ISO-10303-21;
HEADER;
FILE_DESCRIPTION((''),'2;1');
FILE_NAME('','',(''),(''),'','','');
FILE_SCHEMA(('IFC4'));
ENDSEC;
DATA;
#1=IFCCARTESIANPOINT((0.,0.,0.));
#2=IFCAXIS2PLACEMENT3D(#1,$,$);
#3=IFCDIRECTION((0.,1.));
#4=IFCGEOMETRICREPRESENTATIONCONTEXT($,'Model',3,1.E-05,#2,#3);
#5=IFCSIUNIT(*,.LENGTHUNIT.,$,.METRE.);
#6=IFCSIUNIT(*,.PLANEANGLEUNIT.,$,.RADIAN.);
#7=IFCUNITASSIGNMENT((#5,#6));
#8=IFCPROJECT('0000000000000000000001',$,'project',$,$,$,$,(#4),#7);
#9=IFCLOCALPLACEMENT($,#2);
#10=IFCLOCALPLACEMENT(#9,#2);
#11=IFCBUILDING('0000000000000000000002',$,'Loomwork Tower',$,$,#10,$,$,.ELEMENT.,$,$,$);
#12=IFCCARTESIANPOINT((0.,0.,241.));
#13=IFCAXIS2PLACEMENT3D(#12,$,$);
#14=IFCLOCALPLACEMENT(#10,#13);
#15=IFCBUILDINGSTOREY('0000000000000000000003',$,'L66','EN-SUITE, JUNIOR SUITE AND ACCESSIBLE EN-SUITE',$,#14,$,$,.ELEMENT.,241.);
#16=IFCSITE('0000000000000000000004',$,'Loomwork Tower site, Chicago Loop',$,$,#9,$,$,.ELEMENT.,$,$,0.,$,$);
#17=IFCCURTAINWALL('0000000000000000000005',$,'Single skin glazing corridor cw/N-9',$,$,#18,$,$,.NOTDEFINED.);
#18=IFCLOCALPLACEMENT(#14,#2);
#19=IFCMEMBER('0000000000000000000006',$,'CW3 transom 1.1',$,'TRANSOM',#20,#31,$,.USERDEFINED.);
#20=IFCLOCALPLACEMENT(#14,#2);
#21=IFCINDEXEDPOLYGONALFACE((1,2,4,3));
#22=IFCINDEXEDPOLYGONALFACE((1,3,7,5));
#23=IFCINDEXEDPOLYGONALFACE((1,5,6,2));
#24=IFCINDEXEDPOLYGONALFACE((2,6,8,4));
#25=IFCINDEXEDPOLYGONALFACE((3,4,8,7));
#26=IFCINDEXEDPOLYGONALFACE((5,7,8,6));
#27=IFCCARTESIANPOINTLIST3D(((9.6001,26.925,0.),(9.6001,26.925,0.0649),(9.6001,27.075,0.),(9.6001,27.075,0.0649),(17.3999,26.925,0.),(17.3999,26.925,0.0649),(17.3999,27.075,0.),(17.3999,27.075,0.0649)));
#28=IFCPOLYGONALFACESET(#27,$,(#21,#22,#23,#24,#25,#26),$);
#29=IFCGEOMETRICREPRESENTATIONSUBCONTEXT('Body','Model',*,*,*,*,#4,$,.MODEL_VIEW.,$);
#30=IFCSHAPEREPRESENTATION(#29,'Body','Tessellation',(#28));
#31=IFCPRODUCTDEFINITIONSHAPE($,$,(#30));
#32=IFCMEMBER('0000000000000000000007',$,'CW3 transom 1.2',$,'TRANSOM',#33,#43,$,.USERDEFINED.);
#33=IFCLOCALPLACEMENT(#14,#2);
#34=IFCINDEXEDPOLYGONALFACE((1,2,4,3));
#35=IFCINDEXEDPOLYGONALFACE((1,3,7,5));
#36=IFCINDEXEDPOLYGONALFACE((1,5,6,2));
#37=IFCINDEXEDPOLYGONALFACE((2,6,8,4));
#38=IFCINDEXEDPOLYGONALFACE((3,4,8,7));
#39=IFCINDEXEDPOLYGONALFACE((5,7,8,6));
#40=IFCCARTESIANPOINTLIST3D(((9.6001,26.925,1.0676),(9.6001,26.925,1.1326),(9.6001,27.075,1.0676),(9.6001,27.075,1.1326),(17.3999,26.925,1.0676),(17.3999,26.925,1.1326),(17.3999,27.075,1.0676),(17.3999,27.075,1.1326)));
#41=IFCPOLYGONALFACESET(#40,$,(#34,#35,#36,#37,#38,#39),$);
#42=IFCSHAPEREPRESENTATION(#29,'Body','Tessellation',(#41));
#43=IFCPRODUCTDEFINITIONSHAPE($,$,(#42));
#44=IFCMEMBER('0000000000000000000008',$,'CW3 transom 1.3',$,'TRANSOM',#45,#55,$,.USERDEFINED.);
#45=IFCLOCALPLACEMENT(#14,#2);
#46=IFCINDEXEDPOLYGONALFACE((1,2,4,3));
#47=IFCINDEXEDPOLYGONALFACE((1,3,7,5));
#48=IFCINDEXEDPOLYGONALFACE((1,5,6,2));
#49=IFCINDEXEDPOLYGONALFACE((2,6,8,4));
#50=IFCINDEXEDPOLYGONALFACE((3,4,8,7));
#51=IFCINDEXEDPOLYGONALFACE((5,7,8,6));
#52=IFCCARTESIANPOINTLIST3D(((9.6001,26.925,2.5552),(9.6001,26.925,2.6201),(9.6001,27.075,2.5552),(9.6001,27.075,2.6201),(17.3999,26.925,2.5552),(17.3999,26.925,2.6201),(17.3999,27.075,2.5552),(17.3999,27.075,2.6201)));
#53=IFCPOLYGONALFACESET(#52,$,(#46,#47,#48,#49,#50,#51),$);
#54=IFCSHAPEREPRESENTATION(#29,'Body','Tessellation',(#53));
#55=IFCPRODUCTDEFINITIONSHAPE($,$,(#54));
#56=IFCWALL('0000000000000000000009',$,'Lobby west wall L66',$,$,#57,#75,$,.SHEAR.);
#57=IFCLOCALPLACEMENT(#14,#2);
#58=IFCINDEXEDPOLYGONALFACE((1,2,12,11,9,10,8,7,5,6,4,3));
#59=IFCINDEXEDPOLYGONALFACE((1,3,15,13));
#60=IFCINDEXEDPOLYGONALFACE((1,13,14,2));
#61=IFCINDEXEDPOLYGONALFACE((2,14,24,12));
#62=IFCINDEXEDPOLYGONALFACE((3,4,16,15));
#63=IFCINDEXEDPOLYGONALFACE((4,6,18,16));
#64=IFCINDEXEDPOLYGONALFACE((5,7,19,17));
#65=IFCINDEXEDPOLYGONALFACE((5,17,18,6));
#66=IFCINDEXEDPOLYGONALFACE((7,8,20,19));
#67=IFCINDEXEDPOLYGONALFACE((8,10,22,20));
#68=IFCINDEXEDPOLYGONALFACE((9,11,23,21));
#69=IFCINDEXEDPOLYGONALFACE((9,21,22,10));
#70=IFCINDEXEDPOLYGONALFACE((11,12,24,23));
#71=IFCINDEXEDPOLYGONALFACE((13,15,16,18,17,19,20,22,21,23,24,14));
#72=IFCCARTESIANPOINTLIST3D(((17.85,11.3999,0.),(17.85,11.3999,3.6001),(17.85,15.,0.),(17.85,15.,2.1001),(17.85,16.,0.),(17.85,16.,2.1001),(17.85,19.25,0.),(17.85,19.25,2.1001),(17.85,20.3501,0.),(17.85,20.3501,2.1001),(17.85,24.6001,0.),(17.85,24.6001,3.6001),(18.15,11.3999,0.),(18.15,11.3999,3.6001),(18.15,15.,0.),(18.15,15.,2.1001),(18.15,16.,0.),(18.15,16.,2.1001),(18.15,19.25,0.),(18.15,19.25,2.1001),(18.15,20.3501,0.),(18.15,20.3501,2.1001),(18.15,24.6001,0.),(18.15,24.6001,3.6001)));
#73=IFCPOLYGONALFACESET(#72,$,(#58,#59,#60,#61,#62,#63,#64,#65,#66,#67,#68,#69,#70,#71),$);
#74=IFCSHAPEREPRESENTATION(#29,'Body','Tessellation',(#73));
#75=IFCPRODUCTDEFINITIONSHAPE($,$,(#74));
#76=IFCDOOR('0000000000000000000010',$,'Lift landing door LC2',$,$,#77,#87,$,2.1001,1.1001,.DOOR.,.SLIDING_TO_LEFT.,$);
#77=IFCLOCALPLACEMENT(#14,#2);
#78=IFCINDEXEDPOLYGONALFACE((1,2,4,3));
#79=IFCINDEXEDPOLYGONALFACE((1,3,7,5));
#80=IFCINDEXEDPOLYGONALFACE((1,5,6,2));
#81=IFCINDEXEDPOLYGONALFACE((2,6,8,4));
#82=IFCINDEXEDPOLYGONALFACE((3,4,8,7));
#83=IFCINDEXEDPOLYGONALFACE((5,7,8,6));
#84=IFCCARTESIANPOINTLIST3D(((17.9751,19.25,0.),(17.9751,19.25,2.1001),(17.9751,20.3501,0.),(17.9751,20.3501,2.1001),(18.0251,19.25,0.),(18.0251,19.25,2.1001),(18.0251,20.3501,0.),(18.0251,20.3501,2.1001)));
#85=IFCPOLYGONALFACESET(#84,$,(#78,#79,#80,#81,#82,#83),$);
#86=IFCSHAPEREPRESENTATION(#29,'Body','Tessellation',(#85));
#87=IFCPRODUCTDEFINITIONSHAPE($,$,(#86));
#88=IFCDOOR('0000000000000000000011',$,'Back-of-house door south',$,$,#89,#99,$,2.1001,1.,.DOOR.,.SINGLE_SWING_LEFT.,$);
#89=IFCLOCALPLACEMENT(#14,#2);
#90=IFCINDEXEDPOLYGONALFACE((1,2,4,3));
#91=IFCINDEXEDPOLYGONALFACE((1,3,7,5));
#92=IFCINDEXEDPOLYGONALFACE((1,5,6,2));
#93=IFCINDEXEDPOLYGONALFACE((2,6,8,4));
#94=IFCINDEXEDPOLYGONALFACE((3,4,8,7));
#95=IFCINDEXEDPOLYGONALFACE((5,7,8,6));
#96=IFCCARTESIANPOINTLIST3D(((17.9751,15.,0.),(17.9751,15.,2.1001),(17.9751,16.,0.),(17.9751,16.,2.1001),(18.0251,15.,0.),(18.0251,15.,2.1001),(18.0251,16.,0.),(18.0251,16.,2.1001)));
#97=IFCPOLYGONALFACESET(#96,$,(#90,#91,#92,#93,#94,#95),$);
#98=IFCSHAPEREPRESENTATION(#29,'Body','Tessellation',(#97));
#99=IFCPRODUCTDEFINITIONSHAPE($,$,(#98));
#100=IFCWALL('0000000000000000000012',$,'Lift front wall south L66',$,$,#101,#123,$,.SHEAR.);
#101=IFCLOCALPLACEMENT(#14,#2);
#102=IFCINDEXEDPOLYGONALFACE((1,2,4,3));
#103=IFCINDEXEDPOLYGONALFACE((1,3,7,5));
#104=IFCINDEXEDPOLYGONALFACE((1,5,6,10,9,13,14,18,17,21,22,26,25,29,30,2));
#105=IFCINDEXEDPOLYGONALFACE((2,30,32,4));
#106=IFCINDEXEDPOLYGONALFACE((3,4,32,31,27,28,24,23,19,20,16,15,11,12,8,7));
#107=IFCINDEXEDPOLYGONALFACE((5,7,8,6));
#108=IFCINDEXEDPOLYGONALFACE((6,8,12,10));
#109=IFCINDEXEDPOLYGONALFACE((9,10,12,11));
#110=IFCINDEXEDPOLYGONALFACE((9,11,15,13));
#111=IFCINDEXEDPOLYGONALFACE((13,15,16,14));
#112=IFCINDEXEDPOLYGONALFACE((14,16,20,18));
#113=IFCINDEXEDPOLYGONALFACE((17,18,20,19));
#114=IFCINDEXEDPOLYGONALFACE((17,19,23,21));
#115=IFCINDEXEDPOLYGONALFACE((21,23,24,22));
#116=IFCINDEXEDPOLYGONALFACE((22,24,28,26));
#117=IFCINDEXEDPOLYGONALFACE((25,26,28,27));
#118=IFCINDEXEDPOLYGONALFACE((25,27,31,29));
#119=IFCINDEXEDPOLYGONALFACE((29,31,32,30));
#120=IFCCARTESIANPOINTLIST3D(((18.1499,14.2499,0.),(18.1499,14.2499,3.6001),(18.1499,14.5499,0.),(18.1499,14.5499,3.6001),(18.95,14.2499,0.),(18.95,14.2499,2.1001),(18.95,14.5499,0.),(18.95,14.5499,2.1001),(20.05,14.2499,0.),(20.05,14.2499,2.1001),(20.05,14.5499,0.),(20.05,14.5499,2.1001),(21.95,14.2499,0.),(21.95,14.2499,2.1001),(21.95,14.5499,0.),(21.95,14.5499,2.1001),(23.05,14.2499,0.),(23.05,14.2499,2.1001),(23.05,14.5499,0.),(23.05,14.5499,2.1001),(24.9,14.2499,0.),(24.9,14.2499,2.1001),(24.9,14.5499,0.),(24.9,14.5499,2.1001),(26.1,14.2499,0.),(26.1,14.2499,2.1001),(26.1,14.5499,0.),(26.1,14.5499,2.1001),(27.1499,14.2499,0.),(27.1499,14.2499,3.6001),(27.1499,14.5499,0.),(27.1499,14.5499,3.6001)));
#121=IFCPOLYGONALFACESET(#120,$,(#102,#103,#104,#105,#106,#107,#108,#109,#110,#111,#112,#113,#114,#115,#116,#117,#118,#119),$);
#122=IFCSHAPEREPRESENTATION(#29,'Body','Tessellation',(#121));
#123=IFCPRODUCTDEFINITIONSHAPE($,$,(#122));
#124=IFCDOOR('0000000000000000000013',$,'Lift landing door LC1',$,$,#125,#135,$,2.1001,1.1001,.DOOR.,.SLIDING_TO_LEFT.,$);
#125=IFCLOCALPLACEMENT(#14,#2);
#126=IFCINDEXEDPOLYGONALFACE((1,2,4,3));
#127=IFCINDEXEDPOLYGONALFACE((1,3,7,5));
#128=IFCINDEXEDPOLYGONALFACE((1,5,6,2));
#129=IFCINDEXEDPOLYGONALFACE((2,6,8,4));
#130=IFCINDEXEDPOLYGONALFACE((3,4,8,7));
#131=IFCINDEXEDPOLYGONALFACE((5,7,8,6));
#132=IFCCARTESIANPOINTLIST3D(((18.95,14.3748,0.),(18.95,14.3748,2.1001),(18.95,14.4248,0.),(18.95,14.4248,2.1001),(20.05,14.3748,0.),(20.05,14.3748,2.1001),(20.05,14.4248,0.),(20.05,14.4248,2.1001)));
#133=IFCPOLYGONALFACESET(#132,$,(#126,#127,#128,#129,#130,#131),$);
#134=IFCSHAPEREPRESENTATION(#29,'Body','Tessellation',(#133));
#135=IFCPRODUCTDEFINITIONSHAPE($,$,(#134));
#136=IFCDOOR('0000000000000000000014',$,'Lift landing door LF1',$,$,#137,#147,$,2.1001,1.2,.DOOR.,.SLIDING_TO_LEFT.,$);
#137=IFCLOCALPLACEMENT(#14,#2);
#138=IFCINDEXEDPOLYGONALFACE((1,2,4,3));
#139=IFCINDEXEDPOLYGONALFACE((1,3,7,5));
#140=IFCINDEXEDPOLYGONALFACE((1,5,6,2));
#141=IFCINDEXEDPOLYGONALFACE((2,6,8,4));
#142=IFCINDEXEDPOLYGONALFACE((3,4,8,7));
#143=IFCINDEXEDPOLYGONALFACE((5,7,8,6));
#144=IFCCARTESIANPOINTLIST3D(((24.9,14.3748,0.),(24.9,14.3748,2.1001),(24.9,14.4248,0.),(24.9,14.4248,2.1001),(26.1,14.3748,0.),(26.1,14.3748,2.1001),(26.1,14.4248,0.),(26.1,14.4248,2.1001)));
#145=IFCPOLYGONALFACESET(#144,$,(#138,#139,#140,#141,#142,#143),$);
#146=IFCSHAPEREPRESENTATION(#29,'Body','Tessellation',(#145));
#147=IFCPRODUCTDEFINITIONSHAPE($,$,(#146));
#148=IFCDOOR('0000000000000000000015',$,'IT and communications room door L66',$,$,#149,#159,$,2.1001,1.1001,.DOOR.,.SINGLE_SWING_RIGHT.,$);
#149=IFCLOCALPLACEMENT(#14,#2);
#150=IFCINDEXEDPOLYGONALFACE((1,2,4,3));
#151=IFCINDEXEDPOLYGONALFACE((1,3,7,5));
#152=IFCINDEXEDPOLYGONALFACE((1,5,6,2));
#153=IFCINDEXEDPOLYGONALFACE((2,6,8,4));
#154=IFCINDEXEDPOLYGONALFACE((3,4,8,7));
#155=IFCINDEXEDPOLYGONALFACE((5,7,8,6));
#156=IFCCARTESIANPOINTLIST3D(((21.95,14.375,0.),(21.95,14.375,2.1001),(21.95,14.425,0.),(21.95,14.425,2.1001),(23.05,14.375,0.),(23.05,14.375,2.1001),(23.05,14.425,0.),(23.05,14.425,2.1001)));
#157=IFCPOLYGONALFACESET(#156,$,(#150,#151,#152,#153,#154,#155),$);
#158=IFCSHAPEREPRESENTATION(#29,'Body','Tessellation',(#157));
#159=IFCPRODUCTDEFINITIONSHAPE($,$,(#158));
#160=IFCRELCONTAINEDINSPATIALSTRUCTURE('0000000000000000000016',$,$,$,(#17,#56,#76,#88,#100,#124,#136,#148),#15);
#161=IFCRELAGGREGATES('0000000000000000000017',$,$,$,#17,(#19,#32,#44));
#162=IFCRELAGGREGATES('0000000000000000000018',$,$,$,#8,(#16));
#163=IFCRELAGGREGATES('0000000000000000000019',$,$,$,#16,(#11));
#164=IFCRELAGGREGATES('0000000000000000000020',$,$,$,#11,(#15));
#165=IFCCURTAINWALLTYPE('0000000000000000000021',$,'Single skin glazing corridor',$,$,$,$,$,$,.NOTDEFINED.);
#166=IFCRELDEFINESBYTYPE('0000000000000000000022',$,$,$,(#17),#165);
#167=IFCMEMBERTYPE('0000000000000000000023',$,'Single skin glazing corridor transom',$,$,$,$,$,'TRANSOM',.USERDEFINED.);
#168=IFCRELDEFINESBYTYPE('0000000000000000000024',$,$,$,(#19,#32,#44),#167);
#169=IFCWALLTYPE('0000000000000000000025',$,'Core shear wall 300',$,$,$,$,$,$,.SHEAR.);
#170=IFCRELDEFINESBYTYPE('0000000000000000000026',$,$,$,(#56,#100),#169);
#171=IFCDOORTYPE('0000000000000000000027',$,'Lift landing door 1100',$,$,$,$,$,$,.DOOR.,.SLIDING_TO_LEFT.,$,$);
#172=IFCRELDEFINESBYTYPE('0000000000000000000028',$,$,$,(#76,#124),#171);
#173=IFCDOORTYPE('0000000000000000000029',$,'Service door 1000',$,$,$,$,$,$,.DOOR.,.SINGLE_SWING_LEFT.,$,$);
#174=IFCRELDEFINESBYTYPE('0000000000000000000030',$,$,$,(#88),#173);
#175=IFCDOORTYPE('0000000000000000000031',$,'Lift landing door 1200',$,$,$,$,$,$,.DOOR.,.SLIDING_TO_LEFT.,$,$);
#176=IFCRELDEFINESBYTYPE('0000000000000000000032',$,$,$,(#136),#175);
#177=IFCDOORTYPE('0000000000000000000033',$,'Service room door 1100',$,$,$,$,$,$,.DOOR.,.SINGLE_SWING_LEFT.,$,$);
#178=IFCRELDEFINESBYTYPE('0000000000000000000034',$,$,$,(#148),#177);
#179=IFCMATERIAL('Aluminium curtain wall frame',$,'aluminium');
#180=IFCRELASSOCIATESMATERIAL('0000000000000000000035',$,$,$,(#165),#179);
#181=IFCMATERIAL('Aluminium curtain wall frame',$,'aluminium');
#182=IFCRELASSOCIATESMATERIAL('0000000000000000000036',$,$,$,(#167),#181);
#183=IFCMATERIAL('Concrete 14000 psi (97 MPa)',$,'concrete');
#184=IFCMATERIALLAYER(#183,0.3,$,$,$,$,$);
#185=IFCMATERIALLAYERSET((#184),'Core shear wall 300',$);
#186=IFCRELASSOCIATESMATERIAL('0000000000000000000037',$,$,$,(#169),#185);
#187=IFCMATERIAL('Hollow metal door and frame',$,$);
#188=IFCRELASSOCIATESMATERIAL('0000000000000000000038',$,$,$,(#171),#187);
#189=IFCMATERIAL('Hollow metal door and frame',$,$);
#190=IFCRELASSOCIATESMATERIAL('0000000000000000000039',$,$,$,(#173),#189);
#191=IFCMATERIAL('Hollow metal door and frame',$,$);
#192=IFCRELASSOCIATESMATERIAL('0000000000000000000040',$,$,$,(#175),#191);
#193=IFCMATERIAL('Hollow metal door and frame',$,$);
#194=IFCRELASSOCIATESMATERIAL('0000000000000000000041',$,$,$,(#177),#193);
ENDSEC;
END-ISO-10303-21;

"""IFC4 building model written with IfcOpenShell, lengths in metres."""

from ifc_helpers import new_model, si_unit, direction, frame, frame_2d, origin, origin_2d, place, context, subcontext, project, spatial, rectangle, extrude, material, layer, layer_set, material_profile, profile_set, type_object, element, fill, aggregate, save


model = new_model("IFC4")

# Units and contexts
model_context = context("Model", 3, precision=1e-05, world=origin(), true_north=direction((0.0, 1.0)))
body_context = subcontext(model_context, "Body", "Model", "MODEL_VIEW")
ifc_project = project(units=[si_unit("LENGTHUNIT", "METRE"), si_unit("PLANEANGLEUNIT", "RADIAN")], contexts=[model_context])

# Site, building, storey
site_placement = place(None, origin())
site = spatial("IfcSite", under=ifc_project, at=site_placement, Name="Loomwork Tower site, Chicago Loop", CompositionType="ELEMENT", RefElevation=0.0)
building_placement = place(site_placement, origin())
building = spatial("IfcBuilding", under=site, at=building_placement, Name="Loomwork Tower", CompositionType="ELEMENT")
storey_placement = place(building_placement, frame((0.0, 0.0, 241.0)))
storey = spatial("IfcBuildingStorey", under=building, at=storey_placement, Name="L66", Description="EN-SUITE, JUNIOR SUITE AND ACCESSIBLE EN-SUITE", CompositionType="ELEMENT", Elevation=241.0)

# Curtain wall, members
ifc_material_1 = material(Name="Aluminium curtain wall frame", Category="aluminium")
curtain_wall_type = type_object("IfcCurtainWallType", Name="Single skin glazing corridor", PredefinedType="NOTDEFINED", material=ifc_material_1)
curtain_wall_placement = place(storey_placement, origin())
curtain_wall = element("IfcCurtainWall", 1, at=curtain_wall_placement, inside=storey, type_object=curtain_wall_type, Name="Single skin glazing corridor cw/N-9", PredefinedType="NOTDEFINED")
ifc_material_2 = material(Name="Aluminium curtain wall frame", Category="aluminium")
ifc_material_profile = material_profile(ifc_material_2, rectangle(XDim=0.1499, YDim=0.0649, at=origin_2d()), Name="AL 65x150")
ifc_profile_set = profile_set([ifc_material_profile], Name="Aluminium curtain wall frame")
member_type = type_object("IfcMemberType", Name="Single skin glazing corridor transom", ElementType="TRANSOM", PredefinedType="USERDEFINED", material=ifc_profile_set)
member_1_placement = place(storey_placement, frame((17.3999, 27.0, 0.0325), z_axis=(-1.0, 0.0, 0.0), x_axis=(0.0, -1.0, 0.0)))
member_1 = element("IfcMember", 2, at=member_1_placement, type_object=member_type, Name="CW3 transom 1.1", ObjectType="TRANSOM", PredefinedType="USERDEFINED", context=body_context, shape_type="SweptSolid", body=[
    extrude(rectangle(XDim=0.1499, YDim=0.0649, at=origin_2d()), origin(), (0.0, 0.0, 1.0), 7.7998),
])
member_2_placement = place(storey_placement, frame((17.3999, 27.0, 1.1001), z_axis=(-1.0, 0.0, 0.0), x_axis=(0.0, -1.0, 0.0)))
member_2 = element("IfcMember", 3, at=member_2_placement, type_object=member_type, Name="CW3 transom 1.2", ObjectType="TRANSOM", PredefinedType="USERDEFINED", context=body_context, shape_type="SweptSolid", body=[
    extrude(rectangle(XDim=0.1499, YDim=0.0649, at=origin_2d()), origin(), (0.0, 0.0, 1.0), 7.7998),
])
member_3_placement = place(storey_placement, frame((17.3999, 27.0, 2.5876), z_axis=(-1.0, 0.0, 0.0), x_axis=(0.0, -1.0, 0.0)))
member_3 = element("IfcMember", 4, at=member_3_placement, type_object=member_type, Name="CW3 transom 1.3", ObjectType="TRANSOM", PredefinedType="USERDEFINED", context=body_context, shape_type="SweptSolid", body=[
    extrude(rectangle(XDim=0.1499, YDim=0.0649, at=origin_2d()), origin(), (0.0, 0.0, 1.0), 7.7998),
])
aggregate(curtain_wall, [member_1, member_2, member_3])

# Walls, openings, doors
ifc_material_3 = material(Name="Concrete 14000 psi (97 MPa)", Category="concrete")
ifc_layer_1 = layer(ifc_material_3, 0.3)
ifc_layer_set_1 = layer_set([ifc_layer_1], Name="Core shear wall 300")
wall_type_1 = type_object("IfcWallType", Name="Core shear wall 300", PredefinedType="SHEAR", material=ifc_layer_set_1)
wall_1_placement = place(storey_placement, frame((18.0, 11.3999, 0.0), z_axis=(0.0, 0.0, 1.0), x_axis=(0.0, 1.0, 0.0)))
wall_1 = element("IfcWall", 5, at=wall_1_placement, inside=storey, type_object=wall_type_1, Name="Lobby west wall L66", PredefinedType="SHEAR", context=body_context, shape_type="SweptSolid", body=[
    extrude(rectangle(XDim=13.2002, YDim=0.3, at=frame_2d((6.6001, 0.0))), origin(), (0.0, 0.0, 1.0), 3.6001),
])
opening_1_placement = place(wall_1_placement, frame((3.6001, 0.0, 0.0)))
opening_1 = element("IfcOpeningElement", 6, at=opening_1_placement, cuts=wall_1, PredefinedType="OPENING", context=body_context, shape_type="SweptSolid", body=[
    extrude(rectangle(XDim=1.0, YDim=2.1001, at=frame_2d((0.5, 1.05))), frame((0.0, 0.1599, 0.0), z_axis=(0.0, -1.0, 0.0), x_axis=(1.0, 0.0, 0.0)), (0.0, 0.0, 1.0), 0.3201),
])
opening_2_placement = place(wall_1_placement, frame((7.8501, 0.0, 0.0)))
opening_2 = element("IfcOpeningElement", 7, at=opening_2_placement, cuts=wall_1, PredefinedType="OPENING", context=body_context, shape_type="SweptSolid", body=[
    extrude(rectangle(XDim=1.1001, YDim=2.1001, at=frame_2d((0.55, 1.05))), frame((0.0, 0.1599, 0.0), z_axis=(0.0, -1.0, 0.0), x_axis=(1.0, 0.0, 0.0)), (0.0, 0.0, 1.0), 0.3201),
])
ifc_material_4 = material(Name="Hollow metal door and frame")
door_type_1 = type_object("IfcDoorType", Name="Lift landing door 1100", OperationType="SLIDING_TO_LEFT", PredefinedType="DOOR", material=ifc_material_4)
door_1_placement = place(opening_2_placement, origin())
door_1 = element("IfcDoor", 8, at=door_1_placement, inside=storey, type_object=door_type_1, Name="Lift landing door LC2", OperationType="SLIDING_TO_LEFT", OverallHeight=2.1001, OverallWidth=1.1001, PredefinedType="DOOR", context=body_context, shape_type="SweptSolid", body=[
    extrude(rectangle(XDim=1.1001, YDim=2.1001, at=frame_2d((0.55, 1.05))), frame((0.0, 0.0249, 0.0), z_axis=(0.0, -1.0, 0.0), x_axis=(1.0, 0.0, 0.0)), (0.0, 0.0, 1.0), 0.05),
])
fill(opening_2, door_1)
ifc_material_5 = material(Name="Hollow metal door and frame")
door_type_2 = type_object("IfcDoorType", Name="Service door 1000", OperationType="SINGLE_SWING_LEFT", PredefinedType="DOOR", material=ifc_material_5)
door_2_placement = place(opening_1_placement, origin())
door_2 = element("IfcDoor", 9, at=door_2_placement, inside=storey, type_object=door_type_2, Name="Back-of-house door south", OperationType="SINGLE_SWING_LEFT", OverallHeight=2.1001, OverallWidth=1.0, PredefinedType="DOOR", context=body_context, shape_type="SweptSolid", body=[
    extrude(rectangle(XDim=1.0, YDim=2.1001, at=frame_2d((0.5, 1.05))), frame((0.0, 0.0249, 0.0), z_axis=(0.0, -1.0, 0.0), x_axis=(1.0, 0.0, 0.0)), (0.0, 0.0, 1.0), 0.05),
])
fill(opening_1, door_2)
wall_2_placement = place(storey_placement, frame((18.1499, 14.3999, 0.0), z_axis=(0.0, 0.0, 1.0), x_axis=(1.0, 0.0, 0.0)))
wall_2 = element("IfcWall", 10, at=wall_2_placement, inside=storey, type_object=wall_type_1, Name="Lift front wall south L66", PredefinedType="SHEAR", context=body_context, shape_type="SweptSolid", body=[
    extrude(rectangle(XDim=9.0, YDim=0.3, at=frame_2d((4.5, 0.0))), origin(), (0.0, 0.0, 1.0), 3.6001),
])
opening_3_placement = place(wall_2_placement, frame((0.8, 0.0, 0.0)))
opening_3 = element("IfcOpeningElement", 11, at=opening_3_placement, cuts=wall_2, PredefinedType="OPENING", context=body_context, shape_type="SweptSolid", body=[
    extrude(rectangle(XDim=1.1001, YDim=2.1001, at=frame_2d((0.55, 1.05))), frame((0.0, 0.1599, 0.0), z_axis=(0.0, -1.0, 0.0), x_axis=(1.0, 0.0, 0.0)), (0.0, 0.0, 1.0), 0.3201),
])
opening_4_placement = place(wall_2_placement, frame((6.75, 0.0, 0.0)))
opening_4 = element("IfcOpeningElement", 12, at=opening_4_placement, cuts=wall_2, PredefinedType="OPENING", context=body_context, shape_type="SweptSolid", body=[
    extrude(rectangle(XDim=1.2, YDim=2.1001, at=frame_2d((0.6001, 1.05))), frame((0.0, 0.1599, 0.0), z_axis=(0.0, -1.0, 0.0), x_axis=(1.0, 0.0, 0.0)), (0.0, 0.0, 1.0), 0.3201),
])
opening_5_placement = place(wall_2_placement, frame((3.8, 0.0, 0.0)))
opening_5 = element("IfcOpeningElement", 13, at=opening_5_placement, cuts=wall_2, PredefinedType="OPENING", context=body_context, shape_type="SweptSolid", body=[
    extrude(rectangle(XDim=1.1001, YDim=2.1001, at=frame_2d((0.55, 1.05))), frame((0.0, 0.1599, 0.0), z_axis=(0.0, -1.0, 0.0), x_axis=(1.0, 0.0, 0.0)), (0.0, 0.0, 1.0), 0.3201),
])
door_3_placement = place(opening_3_placement, origin())
door_3 = element("IfcDoor", 14, at=door_3_placement, inside=storey, type_object=door_type_1, Name="Lift landing door LC1", OperationType="SLIDING_TO_LEFT", OverallHeight=2.1001, OverallWidth=1.1001, PredefinedType="DOOR", context=body_context, shape_type="SweptSolid", body=[
    extrude(rectangle(XDim=1.1001, YDim=2.1001, at=frame_2d((0.55, 1.05))), frame((0.0, 0.0249, 0.0), z_axis=(0.0, -1.0, 0.0), x_axis=(1.0, 0.0, 0.0)), (0.0, 0.0, 1.0), 0.05),
])
fill(opening_3, door_3)
ifc_material_6 = material(Name="Hollow metal door and frame")
door_type_3 = type_object("IfcDoorType", Name="Lift landing door 1200", OperationType="SLIDING_TO_LEFT", PredefinedType="DOOR", material=ifc_material_6)
door_4_placement = place(opening_4_placement, origin())
door_4 = element("IfcDoor", 15, at=door_4_placement, inside=storey, type_object=door_type_3, Name="Lift landing door LF1", OperationType="SLIDING_TO_LEFT", OverallHeight=2.1001, OverallWidth=1.2, PredefinedType="DOOR", context=body_context, shape_type="SweptSolid", body=[
    extrude(rectangle(XDim=1.2, YDim=2.1001, at=frame_2d((0.6001, 1.05))), frame((0.0, 0.0249, 0.0), z_axis=(0.0, -1.0, 0.0), x_axis=(1.0, 0.0, 0.0)), (0.0, 0.0, 1.0), 0.05),
])
fill(opening_4, door_4)
ifc_material_7 = material(Name="Hollow metal door and frame")
door_type_4 = type_object("IfcDoorType", Name="Service room door 1100", OperationType="SINGLE_SWING_LEFT", PredefinedType="DOOR", material=ifc_material_7)
door_5_placement = place(opening_5_placement, frame((1.1001, 0.0, 0.0), z_axis=(0.0, 0.0, 1.0), x_axis=(-1.0, 0.0, 0.0)))
door_5 = element("IfcDoor", 16, at=door_5_placement, inside=storey, type_object=door_type_4, Name="IT and communications room door L66", OperationType="SINGLE_SWING_RIGHT", OverallHeight=2.1001, OverallWidth=1.1001, PredefinedType="DOOR", context=body_context, shape_type="SweptSolid", body=[
    extrude(rectangle(XDim=1.1001, YDim=2.1001, at=frame_2d((0.55, 1.05))), frame((0.0, 0.0249, 0.0), z_axis=(0.0, -1.0, 0.0), x_axis=(1.0, 0.0, 0.0)), (0.0, 0.0, 1.0), 0.05),
])
fill(opening_5, door_5)

save(model, "model.ifc")
